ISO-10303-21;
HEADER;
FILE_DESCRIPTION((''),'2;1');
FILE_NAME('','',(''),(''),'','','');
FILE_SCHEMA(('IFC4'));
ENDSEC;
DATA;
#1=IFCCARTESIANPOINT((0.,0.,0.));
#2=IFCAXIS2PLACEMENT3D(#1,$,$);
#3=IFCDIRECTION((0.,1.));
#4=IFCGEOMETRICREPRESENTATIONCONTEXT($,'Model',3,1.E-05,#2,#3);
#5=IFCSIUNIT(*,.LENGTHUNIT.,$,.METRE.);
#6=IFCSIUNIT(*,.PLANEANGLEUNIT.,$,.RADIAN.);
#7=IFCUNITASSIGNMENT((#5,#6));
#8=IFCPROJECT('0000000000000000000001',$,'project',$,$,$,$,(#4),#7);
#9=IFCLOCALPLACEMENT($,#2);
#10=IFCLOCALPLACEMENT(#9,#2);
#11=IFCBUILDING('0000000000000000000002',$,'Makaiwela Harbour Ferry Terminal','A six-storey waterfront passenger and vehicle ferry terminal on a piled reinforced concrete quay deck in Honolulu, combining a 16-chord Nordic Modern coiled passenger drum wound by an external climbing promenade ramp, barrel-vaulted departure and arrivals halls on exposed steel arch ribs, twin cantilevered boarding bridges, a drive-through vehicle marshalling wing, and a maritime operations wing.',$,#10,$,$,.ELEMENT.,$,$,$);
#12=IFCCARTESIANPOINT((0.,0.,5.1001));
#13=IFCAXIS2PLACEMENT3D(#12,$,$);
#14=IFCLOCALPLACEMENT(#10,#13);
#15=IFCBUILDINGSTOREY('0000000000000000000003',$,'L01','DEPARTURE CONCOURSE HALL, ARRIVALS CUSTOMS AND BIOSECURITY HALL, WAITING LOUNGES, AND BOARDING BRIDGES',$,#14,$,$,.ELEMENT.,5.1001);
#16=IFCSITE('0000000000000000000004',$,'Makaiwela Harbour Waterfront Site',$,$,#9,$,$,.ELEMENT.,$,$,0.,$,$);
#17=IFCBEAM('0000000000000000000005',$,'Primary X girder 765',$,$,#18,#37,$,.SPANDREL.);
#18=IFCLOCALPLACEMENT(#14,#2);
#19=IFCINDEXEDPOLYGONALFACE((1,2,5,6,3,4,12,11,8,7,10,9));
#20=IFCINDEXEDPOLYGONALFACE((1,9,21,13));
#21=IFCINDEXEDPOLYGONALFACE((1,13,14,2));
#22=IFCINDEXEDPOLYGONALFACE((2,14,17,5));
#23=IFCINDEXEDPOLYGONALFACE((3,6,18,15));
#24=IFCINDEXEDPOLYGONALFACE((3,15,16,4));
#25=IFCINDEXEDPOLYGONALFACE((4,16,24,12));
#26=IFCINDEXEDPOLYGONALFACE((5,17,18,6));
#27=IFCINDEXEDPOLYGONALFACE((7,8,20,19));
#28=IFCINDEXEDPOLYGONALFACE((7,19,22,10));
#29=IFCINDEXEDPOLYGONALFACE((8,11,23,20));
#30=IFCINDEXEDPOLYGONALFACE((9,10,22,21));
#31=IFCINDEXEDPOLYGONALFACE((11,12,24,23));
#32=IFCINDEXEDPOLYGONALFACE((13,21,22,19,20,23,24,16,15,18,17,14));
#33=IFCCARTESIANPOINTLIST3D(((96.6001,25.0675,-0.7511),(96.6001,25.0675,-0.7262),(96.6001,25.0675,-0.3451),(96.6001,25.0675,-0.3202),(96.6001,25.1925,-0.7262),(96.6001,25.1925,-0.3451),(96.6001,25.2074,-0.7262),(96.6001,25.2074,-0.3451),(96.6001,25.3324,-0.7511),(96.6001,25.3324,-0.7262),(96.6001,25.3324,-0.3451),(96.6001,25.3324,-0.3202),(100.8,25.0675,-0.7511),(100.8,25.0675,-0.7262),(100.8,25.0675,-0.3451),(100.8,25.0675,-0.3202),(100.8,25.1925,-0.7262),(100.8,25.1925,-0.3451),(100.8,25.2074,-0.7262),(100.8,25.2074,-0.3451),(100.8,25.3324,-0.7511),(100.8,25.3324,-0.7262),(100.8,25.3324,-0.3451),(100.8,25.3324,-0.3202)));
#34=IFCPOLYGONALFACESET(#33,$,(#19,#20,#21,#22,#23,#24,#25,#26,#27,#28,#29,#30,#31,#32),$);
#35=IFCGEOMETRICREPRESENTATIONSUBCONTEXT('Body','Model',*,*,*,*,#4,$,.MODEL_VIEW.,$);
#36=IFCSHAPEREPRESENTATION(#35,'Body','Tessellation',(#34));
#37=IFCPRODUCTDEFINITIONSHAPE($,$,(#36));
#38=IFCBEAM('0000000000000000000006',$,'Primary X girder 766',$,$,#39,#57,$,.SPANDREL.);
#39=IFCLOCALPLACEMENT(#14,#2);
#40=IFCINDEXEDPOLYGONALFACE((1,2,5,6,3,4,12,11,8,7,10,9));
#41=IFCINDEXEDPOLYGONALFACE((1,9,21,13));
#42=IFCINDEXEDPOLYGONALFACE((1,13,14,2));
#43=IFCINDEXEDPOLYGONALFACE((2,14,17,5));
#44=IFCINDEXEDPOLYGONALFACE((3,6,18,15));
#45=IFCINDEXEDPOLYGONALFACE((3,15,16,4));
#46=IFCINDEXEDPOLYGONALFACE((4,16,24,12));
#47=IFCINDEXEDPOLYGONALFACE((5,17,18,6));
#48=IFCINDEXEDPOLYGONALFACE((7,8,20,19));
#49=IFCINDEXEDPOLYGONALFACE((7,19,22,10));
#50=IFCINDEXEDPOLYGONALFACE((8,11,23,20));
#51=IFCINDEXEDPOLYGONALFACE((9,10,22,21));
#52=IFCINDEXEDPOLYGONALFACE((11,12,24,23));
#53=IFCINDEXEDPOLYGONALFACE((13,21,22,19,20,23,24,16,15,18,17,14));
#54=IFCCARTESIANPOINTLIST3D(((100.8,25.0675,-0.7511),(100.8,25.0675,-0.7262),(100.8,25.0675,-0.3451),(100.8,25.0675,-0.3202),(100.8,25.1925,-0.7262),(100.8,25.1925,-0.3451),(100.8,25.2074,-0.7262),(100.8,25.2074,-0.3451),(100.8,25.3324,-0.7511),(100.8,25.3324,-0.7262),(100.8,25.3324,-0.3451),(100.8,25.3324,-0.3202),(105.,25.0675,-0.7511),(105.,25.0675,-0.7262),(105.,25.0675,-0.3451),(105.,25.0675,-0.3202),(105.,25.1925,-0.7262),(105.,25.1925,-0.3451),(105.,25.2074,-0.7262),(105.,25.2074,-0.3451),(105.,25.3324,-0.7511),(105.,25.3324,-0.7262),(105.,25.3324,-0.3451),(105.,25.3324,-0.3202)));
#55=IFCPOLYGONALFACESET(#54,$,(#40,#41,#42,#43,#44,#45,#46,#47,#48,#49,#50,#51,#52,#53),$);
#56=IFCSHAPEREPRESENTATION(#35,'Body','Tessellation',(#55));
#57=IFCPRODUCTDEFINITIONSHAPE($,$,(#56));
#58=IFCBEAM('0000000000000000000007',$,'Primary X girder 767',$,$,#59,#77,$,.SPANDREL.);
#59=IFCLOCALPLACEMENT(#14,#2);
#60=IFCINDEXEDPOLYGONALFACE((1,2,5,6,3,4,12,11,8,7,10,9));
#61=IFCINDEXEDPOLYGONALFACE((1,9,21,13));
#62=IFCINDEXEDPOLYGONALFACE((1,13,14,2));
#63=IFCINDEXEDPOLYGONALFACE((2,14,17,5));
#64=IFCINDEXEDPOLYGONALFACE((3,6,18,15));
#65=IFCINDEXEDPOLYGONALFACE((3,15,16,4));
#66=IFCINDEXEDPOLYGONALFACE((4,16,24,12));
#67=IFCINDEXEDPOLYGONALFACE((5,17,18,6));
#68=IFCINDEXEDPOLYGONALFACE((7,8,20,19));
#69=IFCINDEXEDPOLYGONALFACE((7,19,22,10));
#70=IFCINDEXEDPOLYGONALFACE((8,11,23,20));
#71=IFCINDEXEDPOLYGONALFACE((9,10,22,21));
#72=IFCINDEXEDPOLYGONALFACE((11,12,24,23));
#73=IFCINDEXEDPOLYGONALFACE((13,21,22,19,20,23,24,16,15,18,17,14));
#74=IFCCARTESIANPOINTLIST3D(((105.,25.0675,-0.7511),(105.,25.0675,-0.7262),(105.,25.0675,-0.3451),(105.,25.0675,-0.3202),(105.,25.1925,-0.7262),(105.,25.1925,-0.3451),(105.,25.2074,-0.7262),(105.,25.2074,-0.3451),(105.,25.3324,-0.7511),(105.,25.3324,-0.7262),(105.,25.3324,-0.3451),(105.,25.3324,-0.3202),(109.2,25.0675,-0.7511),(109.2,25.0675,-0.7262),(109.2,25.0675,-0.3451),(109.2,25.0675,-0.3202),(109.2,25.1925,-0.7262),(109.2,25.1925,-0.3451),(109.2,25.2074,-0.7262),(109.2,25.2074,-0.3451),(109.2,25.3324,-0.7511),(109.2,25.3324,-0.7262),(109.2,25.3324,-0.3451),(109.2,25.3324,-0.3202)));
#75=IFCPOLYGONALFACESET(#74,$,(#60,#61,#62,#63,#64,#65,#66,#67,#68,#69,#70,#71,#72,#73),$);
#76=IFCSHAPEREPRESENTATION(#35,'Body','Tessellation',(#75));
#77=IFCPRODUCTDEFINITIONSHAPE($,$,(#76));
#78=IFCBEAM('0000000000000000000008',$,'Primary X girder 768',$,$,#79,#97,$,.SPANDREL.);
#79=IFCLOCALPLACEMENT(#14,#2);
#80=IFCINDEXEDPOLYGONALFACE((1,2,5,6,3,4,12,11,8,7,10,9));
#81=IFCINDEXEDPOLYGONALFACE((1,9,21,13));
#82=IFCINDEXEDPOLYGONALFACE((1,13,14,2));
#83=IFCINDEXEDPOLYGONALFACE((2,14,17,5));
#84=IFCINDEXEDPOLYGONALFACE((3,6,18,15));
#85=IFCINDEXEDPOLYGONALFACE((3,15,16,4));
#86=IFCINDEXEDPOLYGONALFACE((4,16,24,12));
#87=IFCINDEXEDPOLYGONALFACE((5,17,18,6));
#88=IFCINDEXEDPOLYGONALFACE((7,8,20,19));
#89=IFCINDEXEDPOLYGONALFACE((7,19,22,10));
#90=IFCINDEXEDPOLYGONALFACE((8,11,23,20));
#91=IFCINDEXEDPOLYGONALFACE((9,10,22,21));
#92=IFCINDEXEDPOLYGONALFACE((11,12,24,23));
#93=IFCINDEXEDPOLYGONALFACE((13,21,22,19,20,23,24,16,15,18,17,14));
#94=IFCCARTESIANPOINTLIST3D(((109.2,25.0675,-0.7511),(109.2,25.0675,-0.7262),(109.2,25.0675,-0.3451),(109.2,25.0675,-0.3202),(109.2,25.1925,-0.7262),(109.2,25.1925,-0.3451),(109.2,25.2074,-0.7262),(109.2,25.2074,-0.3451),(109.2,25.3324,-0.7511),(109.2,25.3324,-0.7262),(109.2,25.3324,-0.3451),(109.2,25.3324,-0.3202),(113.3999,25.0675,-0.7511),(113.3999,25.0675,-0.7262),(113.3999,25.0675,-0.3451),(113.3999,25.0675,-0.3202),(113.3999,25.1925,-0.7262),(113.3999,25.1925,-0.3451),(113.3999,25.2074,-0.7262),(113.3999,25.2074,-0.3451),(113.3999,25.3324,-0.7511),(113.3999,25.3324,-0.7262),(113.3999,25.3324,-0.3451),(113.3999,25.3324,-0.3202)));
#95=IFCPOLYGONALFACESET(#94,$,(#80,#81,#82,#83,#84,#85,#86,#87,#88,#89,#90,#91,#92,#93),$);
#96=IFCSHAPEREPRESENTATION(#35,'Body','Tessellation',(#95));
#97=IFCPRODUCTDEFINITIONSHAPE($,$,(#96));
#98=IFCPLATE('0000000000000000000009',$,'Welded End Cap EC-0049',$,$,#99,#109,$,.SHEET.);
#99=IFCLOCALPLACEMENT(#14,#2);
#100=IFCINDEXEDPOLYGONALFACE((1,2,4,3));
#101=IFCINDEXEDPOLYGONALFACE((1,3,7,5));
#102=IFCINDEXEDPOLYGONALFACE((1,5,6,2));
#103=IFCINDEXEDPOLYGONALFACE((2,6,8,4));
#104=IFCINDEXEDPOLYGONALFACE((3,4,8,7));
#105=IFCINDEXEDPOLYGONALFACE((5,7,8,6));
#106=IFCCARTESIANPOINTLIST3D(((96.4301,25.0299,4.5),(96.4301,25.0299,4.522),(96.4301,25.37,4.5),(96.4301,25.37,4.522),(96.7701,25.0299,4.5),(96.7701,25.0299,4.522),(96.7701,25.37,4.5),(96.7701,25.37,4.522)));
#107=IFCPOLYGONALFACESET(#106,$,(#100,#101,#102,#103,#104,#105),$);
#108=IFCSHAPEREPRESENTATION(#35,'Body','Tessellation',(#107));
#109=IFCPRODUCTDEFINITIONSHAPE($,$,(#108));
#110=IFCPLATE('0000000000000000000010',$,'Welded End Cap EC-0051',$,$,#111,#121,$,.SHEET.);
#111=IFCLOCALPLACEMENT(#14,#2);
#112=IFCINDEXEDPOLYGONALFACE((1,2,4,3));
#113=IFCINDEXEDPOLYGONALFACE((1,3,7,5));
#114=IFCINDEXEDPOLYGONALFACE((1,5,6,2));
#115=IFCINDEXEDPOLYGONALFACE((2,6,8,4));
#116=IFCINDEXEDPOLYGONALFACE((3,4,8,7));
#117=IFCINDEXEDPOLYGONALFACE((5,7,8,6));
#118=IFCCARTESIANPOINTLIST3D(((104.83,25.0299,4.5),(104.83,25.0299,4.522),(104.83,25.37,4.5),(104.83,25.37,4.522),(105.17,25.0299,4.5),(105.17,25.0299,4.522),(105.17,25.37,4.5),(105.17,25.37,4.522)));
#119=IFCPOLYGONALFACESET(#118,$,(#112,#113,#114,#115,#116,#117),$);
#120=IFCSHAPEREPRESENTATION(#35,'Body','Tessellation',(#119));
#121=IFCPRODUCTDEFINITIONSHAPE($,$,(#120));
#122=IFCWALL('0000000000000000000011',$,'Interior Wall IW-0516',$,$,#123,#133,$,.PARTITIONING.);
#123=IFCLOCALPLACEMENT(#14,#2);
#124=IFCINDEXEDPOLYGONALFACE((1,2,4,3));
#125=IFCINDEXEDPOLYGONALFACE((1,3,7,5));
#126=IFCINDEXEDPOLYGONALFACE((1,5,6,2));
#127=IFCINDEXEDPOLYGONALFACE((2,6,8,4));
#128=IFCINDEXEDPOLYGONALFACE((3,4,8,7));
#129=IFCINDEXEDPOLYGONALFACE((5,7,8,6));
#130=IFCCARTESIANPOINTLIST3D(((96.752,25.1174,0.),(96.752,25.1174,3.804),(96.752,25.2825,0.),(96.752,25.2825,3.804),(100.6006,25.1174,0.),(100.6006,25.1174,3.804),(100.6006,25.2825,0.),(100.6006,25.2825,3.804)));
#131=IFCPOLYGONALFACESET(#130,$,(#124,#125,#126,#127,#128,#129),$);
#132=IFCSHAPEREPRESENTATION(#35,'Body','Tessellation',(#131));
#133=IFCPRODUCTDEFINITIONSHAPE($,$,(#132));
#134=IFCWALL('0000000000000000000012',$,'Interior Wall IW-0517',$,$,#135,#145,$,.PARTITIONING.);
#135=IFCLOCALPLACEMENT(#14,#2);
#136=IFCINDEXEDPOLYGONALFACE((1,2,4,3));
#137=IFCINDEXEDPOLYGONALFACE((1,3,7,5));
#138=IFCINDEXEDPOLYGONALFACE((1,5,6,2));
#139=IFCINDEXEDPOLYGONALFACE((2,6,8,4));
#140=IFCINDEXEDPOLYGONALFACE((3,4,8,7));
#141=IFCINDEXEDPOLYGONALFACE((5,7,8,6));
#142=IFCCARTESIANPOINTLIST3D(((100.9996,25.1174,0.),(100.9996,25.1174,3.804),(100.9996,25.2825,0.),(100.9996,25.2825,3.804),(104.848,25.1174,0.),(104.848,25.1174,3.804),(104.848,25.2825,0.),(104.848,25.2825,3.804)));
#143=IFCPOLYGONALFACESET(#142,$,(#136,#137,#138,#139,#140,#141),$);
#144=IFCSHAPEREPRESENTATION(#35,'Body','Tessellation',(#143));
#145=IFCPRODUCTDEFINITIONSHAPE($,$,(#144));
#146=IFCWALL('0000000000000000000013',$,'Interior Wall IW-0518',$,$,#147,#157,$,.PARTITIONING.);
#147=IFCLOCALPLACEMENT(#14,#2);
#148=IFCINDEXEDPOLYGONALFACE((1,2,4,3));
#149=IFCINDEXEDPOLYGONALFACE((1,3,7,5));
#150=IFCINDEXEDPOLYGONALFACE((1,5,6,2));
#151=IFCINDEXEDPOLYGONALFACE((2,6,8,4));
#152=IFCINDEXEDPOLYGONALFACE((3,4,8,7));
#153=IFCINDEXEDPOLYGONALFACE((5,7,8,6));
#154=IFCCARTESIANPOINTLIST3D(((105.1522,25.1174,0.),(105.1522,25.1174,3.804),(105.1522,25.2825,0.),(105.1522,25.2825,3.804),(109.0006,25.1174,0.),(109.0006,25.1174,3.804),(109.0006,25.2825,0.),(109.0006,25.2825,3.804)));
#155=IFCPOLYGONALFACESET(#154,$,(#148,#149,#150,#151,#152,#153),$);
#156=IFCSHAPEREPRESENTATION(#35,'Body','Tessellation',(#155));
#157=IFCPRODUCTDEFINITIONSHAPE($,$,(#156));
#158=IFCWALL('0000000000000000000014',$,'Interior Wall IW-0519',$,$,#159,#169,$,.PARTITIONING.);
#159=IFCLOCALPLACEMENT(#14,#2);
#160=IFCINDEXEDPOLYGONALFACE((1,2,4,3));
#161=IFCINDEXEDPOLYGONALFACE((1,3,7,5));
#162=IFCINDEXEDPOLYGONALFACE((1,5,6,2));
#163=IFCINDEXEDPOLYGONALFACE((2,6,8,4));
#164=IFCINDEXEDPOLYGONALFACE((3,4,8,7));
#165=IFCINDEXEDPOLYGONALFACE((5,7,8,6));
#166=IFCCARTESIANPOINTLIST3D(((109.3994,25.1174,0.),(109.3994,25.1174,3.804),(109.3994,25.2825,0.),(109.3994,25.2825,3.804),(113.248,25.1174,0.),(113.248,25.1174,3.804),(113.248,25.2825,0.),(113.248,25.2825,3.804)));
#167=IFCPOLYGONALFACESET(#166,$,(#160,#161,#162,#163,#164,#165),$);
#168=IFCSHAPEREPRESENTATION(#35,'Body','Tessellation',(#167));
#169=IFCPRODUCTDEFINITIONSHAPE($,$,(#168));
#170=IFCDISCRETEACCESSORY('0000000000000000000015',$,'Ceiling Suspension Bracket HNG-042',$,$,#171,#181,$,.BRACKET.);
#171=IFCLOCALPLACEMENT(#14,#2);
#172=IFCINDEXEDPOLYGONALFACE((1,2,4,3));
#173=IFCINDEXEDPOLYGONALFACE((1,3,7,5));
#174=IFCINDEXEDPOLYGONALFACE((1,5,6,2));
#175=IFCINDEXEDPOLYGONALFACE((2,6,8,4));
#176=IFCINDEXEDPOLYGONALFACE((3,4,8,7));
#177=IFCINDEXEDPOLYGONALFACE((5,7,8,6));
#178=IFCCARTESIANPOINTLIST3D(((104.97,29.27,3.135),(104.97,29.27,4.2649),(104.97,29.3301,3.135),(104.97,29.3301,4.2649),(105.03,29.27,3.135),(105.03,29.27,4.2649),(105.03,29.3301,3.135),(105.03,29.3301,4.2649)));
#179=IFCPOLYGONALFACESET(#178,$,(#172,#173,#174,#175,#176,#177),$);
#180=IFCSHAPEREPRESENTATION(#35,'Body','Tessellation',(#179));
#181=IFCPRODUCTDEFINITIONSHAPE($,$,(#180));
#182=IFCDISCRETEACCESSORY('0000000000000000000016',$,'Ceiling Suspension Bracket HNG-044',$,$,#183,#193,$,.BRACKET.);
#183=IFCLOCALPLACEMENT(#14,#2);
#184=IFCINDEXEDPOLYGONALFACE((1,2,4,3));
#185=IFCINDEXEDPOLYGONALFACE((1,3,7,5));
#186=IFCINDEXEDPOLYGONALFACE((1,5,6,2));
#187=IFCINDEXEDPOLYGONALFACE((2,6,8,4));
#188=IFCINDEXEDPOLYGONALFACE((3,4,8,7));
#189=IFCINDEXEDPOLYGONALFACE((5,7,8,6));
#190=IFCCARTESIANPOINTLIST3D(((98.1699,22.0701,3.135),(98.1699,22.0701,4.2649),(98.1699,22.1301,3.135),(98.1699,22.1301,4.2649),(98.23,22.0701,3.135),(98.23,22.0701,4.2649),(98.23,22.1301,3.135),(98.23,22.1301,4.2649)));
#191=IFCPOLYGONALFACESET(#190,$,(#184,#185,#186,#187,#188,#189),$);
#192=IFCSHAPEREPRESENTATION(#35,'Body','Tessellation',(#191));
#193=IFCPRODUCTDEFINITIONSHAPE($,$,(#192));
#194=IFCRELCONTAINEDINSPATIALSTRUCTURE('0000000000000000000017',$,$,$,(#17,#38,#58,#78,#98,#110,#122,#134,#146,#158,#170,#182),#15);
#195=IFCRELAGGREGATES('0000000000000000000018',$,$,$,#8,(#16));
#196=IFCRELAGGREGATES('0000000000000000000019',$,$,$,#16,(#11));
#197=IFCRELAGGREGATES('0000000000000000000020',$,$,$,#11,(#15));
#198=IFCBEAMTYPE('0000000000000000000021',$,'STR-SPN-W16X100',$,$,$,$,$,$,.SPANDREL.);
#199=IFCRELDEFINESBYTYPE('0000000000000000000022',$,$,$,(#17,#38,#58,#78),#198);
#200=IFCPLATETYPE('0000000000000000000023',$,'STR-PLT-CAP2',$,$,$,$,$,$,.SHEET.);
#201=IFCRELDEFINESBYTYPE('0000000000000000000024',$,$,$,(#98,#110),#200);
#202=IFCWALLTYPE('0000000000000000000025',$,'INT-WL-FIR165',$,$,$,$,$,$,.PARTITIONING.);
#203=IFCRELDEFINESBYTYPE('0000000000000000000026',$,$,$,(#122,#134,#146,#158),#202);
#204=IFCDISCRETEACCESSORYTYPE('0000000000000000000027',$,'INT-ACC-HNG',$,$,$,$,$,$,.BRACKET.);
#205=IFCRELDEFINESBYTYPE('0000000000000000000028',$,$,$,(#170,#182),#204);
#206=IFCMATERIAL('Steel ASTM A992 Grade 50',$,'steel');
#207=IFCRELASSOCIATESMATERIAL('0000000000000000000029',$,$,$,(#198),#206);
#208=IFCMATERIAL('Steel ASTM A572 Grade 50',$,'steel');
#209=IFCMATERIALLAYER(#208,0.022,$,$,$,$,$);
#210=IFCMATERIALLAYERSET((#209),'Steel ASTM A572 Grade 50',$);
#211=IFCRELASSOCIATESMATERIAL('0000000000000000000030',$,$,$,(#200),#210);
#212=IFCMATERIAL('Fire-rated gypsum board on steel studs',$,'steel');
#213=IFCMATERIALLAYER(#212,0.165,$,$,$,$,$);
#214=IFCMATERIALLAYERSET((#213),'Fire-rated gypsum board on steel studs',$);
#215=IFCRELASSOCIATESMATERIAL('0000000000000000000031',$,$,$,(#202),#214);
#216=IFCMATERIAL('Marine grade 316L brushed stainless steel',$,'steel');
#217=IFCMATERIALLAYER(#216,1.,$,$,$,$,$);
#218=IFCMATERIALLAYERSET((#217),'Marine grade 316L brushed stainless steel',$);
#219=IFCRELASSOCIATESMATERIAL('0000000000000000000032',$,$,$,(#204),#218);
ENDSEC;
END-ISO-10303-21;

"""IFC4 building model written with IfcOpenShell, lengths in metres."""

from ifc_helpers import new_model, si_unit, direction, frame, frame_2d, origin, origin_2d, place, context, subcontext, project, spatial, rectangle, i_section, extrude, material, layer, layer_set, material_profile, profile_set, type_object, element, save


model = new_model("IFC4")

# Units and contexts
model_context = context("Model", 3, precision=1e-05, world=origin(), true_north=direction((0.0, 1.0)))
body_context = subcontext(model_context, "Body", "Model", "MODEL_VIEW")
ifc_project = project(units=[si_unit("LENGTHUNIT", "METRE"), si_unit("PLANEANGLEUNIT", "RADIAN")], contexts=[model_context])

# Site, building, storey
site_placement = place(None, origin())
site = spatial("IfcSite", under=ifc_project, at=site_placement, Name="Makaiwela Harbour Waterfront Site", CompositionType="ELEMENT", RefElevation=0.0)
building_placement = place(site_placement, origin())
building = spatial("IfcBuilding", under=site, at=building_placement, Name="Makaiwela Harbour Ferry Terminal", Description="A six-storey waterfront passenger and vehicle ferry terminal on a piled reinforced concrete quay deck in Honolulu, combining a 16-chord Nordic Modern coiled passenger drum wound by an external climbing promenade ramp, barrel-vaulted departure and arrivals halls on exposed steel arch ribs, twin cantilevered boarding bridges, a drive-through vehicle marshalling wing, and a maritime operations wing.", CompositionType="ELEMENT")
storey_placement = place(building_placement, frame((0.0, 0.0, 5.1001)))
storey = spatial("IfcBuildingStorey", under=building, at=storey_placement, Name="L01", Description="DEPARTURE CONCOURSE HALL, ARRIVALS CUSTOMS AND BIOSECURITY HALL, WAITING LOUNGES, AND BOARDING BRIDGES", CompositionType="ELEMENT", Elevation=5.1001)

# Shared definitions
ifc_material_1 = material(Name="Steel ASTM A992 Grade 50", Category="steel")

# Beams
ifc_material_profile_1 = material_profile(ifc_material_1, i_section(OverallWidth=0.2649, OverallDepth=0.4309, WebThickness=0.0149, FlangeThickness=0.0249, at=origin_2d()), Name="W16X100")
ifc_profile_set_1 = profile_set([ifc_material_profile_1], Name="Steel ASTM A992 Grade 50")
beam_type_1 = type_object("IfcBeamType", Name="STR-SPN-W16X100", PredefinedType="SPANDREL", material=ifc_profile_set_1)
for number, where, z_axis, x_axis, name in (
    (1, (96.6001, 25.2, -0.5356), (1.0, 0.0, 0.0), (0.0, 1.0, 0.0), "Primary X girder 765"),
    (2, (100.8, 25.2, -0.5356), (1.0, 0.0, 0.0), (0.0, 1.0, 0.0), "Primary X girder 766"),
    (3, (105.0, 25.2, -0.5356), (1.0, 0.0, 0.0), (0.0, 1.0, 0.0), "Primary X girder 767"),
    (4, (109.2, 25.2, -0.5356), (1.0, 0.0, 0.0), (0.0, 1.0, 0.0), "Primary X girder 768"),
):
    element("IfcBeam", number, at=place(storey_placement, frame(where, z_axis=z_axis, x_axis=x_axis)), inside=storey, type_object=beam_type_1, Name=name, PredefinedType="SPANDREL", context=body_context, shape_type="SweptSolid", body=[
        extrude(i_section(OverallWidth=0.2649, OverallDepth=0.4309, WebThickness=0.0149, FlangeThickness=0.0249, at=origin_2d()), origin(), (0.0, 0.0, 1.0), 4.2),
    ])

# Plates
ifc_material_2 = material(Name="Steel ASTM A572 Grade 50", Category="steel")
ifc_layer_1 = layer(ifc_material_2, 0.022)
ifc_layer_set_1 = layer_set([ifc_layer_1], Name="Steel ASTM A572 Grade 50")
plate_type = type_object("IfcPlateType", Name="STR-PLT-CAP2", PredefinedType="SHEET", material=ifc_layer_set_1)
for number, where, z_axis, x_axis, name in (
    (5, (96.6001, 25.2, 4.5), (0.0, 0.0, 1.0), (1.0, 0.0, 0.0), "Welded End Cap EC-0049"),
    (6, (105.0, 25.2, 4.5), (0.0, 0.0, 1.0), (1.0, 0.0, 0.0), "Welded End Cap EC-0051"),
):
    element("IfcPlate", number, at=place(storey_placement, frame(where, z_axis=z_axis, x_axis=x_axis)), inside=storey, type_object=plate_type, Name=name, PredefinedType="SHEET", context=body_context, shape_type="SweptSolid", body=[
        extrude(rectangle(XDim=0.3401, YDim=0.3401, at=origin_2d()), origin(), (0.0, 0.0, 1.0), 0.022),
    ])

# Walls
ifc_material_3 = material(Name="Fire-rated gypsum board on steel studs", Category="steel")
ifc_layer_2 = layer(ifc_material_3, 0.165)
ifc_layer_set_2 = layer_set([ifc_layer_2], Name="Fire-rated gypsum board on steel studs")
wall_type = type_object("IfcWallType", Name="INT-WL-FIR165", PredefinedType="PARTITIONING", material=ifc_layer_set_2)
wall_1_placement = place(storey_placement, frame((96.752, 25.2, 0.0), z_axis=(0.0, 0.0, 1.0), x_axis=(1.0, 0.0, 0.0)))
element("IfcWall", 7, at=wall_1_placement, inside=storey, type_object=wall_type, Name="Interior Wall IW-0516", PredefinedType="PARTITIONING", context=body_context, shape_type="SweptSolid", body=[
    extrude(rectangle(XDim=3.8486, YDim=0.165, at=frame_2d((1.9243, 0.0))), origin(), (0.0, 0.0, 1.0), 3.804),
])
for number, where, z_axis, x_axis, name in (
    (8, (100.9995, 25.2, 0.0), (0.0, 0.0, 1.0), (1.0, 0.0, 0.0), "Interior Wall IW-0517"),
    (9, (105.1521, 25.2, 0.0), (0.0, 0.0, 1.0), (1.0, 0.0, 0.0), "Interior Wall IW-0518"),
):
    element("IfcWall", number, at=place(storey_placement, frame(where, z_axis=z_axis, x_axis=x_axis)), inside=storey, type_object=wall_type, Name=name, PredefinedType="PARTITIONING", context=body_context, shape_type="SweptSolid", body=[
        extrude(rectangle(XDim=3.8484, YDim=0.165, at=frame_2d((1.9243, 0.0))), origin(), (0.0, 0.0, 1.0), 3.804),
    ])
wall_2_placement = place(storey_placement, frame((109.3994, 25.2, 0.0), z_axis=(0.0, 0.0, 1.0), x_axis=(1.0, 0.0, 0.0)))
element("IfcWall", 10, at=wall_2_placement, inside=storey, type_object=wall_type, Name="Interior Wall IW-0519", PredefinedType="PARTITIONING", context=body_context, shape_type="SweptSolid", body=[
    extrude(rectangle(XDim=3.8486, YDim=0.165, at=frame_2d((1.9243, 0.0))), origin(), (0.0, 0.0, 1.0), 3.804),
])

# Discrete accessories
ifc_material_4 = material(Name="Marine grade 316L brushed stainless steel", Category="steel")
ifc_layer_3 = layer(ifc_material_4, 1.0)
ifc_layer_set_3 = layer_set([ifc_layer_3], Name="Marine grade 316L brushed stainless steel")
discrete_accessory_type = type_object("IfcDiscreteAccessoryType", Name="INT-ACC-HNG", PredefinedType="BRACKET", material=ifc_layer_set_3)
for number, where, z_axis, x_axis, name in (
    (11, (105.0, 29.3, 3.135), (0.0, 0.0, 1.0), (1.0, 0.0, 0.0), "Ceiling Suspension Bracket HNG-042"),
    (12, (98.2, 22.1001, 3.135), (0.0, 0.0, 1.0), (1.0, 0.0, 0.0), "Ceiling Suspension Bracket HNG-044"),
):
    element("IfcDiscreteAccessory", number, at=place(storey_placement, frame(where, z_axis=z_axis, x_axis=x_axis)), inside=storey, type_object=discrete_accessory_type, Name=name, PredefinedType="BRACKET", context=body_context, shape_type="SweptSolid", body=[
        extrude(rectangle(XDim=0.0601, YDim=0.0601, at=origin_2d()), origin(), (0.0, 0.0, 1.0), 1.1299),
    ])

save(model, "model.ifc")
